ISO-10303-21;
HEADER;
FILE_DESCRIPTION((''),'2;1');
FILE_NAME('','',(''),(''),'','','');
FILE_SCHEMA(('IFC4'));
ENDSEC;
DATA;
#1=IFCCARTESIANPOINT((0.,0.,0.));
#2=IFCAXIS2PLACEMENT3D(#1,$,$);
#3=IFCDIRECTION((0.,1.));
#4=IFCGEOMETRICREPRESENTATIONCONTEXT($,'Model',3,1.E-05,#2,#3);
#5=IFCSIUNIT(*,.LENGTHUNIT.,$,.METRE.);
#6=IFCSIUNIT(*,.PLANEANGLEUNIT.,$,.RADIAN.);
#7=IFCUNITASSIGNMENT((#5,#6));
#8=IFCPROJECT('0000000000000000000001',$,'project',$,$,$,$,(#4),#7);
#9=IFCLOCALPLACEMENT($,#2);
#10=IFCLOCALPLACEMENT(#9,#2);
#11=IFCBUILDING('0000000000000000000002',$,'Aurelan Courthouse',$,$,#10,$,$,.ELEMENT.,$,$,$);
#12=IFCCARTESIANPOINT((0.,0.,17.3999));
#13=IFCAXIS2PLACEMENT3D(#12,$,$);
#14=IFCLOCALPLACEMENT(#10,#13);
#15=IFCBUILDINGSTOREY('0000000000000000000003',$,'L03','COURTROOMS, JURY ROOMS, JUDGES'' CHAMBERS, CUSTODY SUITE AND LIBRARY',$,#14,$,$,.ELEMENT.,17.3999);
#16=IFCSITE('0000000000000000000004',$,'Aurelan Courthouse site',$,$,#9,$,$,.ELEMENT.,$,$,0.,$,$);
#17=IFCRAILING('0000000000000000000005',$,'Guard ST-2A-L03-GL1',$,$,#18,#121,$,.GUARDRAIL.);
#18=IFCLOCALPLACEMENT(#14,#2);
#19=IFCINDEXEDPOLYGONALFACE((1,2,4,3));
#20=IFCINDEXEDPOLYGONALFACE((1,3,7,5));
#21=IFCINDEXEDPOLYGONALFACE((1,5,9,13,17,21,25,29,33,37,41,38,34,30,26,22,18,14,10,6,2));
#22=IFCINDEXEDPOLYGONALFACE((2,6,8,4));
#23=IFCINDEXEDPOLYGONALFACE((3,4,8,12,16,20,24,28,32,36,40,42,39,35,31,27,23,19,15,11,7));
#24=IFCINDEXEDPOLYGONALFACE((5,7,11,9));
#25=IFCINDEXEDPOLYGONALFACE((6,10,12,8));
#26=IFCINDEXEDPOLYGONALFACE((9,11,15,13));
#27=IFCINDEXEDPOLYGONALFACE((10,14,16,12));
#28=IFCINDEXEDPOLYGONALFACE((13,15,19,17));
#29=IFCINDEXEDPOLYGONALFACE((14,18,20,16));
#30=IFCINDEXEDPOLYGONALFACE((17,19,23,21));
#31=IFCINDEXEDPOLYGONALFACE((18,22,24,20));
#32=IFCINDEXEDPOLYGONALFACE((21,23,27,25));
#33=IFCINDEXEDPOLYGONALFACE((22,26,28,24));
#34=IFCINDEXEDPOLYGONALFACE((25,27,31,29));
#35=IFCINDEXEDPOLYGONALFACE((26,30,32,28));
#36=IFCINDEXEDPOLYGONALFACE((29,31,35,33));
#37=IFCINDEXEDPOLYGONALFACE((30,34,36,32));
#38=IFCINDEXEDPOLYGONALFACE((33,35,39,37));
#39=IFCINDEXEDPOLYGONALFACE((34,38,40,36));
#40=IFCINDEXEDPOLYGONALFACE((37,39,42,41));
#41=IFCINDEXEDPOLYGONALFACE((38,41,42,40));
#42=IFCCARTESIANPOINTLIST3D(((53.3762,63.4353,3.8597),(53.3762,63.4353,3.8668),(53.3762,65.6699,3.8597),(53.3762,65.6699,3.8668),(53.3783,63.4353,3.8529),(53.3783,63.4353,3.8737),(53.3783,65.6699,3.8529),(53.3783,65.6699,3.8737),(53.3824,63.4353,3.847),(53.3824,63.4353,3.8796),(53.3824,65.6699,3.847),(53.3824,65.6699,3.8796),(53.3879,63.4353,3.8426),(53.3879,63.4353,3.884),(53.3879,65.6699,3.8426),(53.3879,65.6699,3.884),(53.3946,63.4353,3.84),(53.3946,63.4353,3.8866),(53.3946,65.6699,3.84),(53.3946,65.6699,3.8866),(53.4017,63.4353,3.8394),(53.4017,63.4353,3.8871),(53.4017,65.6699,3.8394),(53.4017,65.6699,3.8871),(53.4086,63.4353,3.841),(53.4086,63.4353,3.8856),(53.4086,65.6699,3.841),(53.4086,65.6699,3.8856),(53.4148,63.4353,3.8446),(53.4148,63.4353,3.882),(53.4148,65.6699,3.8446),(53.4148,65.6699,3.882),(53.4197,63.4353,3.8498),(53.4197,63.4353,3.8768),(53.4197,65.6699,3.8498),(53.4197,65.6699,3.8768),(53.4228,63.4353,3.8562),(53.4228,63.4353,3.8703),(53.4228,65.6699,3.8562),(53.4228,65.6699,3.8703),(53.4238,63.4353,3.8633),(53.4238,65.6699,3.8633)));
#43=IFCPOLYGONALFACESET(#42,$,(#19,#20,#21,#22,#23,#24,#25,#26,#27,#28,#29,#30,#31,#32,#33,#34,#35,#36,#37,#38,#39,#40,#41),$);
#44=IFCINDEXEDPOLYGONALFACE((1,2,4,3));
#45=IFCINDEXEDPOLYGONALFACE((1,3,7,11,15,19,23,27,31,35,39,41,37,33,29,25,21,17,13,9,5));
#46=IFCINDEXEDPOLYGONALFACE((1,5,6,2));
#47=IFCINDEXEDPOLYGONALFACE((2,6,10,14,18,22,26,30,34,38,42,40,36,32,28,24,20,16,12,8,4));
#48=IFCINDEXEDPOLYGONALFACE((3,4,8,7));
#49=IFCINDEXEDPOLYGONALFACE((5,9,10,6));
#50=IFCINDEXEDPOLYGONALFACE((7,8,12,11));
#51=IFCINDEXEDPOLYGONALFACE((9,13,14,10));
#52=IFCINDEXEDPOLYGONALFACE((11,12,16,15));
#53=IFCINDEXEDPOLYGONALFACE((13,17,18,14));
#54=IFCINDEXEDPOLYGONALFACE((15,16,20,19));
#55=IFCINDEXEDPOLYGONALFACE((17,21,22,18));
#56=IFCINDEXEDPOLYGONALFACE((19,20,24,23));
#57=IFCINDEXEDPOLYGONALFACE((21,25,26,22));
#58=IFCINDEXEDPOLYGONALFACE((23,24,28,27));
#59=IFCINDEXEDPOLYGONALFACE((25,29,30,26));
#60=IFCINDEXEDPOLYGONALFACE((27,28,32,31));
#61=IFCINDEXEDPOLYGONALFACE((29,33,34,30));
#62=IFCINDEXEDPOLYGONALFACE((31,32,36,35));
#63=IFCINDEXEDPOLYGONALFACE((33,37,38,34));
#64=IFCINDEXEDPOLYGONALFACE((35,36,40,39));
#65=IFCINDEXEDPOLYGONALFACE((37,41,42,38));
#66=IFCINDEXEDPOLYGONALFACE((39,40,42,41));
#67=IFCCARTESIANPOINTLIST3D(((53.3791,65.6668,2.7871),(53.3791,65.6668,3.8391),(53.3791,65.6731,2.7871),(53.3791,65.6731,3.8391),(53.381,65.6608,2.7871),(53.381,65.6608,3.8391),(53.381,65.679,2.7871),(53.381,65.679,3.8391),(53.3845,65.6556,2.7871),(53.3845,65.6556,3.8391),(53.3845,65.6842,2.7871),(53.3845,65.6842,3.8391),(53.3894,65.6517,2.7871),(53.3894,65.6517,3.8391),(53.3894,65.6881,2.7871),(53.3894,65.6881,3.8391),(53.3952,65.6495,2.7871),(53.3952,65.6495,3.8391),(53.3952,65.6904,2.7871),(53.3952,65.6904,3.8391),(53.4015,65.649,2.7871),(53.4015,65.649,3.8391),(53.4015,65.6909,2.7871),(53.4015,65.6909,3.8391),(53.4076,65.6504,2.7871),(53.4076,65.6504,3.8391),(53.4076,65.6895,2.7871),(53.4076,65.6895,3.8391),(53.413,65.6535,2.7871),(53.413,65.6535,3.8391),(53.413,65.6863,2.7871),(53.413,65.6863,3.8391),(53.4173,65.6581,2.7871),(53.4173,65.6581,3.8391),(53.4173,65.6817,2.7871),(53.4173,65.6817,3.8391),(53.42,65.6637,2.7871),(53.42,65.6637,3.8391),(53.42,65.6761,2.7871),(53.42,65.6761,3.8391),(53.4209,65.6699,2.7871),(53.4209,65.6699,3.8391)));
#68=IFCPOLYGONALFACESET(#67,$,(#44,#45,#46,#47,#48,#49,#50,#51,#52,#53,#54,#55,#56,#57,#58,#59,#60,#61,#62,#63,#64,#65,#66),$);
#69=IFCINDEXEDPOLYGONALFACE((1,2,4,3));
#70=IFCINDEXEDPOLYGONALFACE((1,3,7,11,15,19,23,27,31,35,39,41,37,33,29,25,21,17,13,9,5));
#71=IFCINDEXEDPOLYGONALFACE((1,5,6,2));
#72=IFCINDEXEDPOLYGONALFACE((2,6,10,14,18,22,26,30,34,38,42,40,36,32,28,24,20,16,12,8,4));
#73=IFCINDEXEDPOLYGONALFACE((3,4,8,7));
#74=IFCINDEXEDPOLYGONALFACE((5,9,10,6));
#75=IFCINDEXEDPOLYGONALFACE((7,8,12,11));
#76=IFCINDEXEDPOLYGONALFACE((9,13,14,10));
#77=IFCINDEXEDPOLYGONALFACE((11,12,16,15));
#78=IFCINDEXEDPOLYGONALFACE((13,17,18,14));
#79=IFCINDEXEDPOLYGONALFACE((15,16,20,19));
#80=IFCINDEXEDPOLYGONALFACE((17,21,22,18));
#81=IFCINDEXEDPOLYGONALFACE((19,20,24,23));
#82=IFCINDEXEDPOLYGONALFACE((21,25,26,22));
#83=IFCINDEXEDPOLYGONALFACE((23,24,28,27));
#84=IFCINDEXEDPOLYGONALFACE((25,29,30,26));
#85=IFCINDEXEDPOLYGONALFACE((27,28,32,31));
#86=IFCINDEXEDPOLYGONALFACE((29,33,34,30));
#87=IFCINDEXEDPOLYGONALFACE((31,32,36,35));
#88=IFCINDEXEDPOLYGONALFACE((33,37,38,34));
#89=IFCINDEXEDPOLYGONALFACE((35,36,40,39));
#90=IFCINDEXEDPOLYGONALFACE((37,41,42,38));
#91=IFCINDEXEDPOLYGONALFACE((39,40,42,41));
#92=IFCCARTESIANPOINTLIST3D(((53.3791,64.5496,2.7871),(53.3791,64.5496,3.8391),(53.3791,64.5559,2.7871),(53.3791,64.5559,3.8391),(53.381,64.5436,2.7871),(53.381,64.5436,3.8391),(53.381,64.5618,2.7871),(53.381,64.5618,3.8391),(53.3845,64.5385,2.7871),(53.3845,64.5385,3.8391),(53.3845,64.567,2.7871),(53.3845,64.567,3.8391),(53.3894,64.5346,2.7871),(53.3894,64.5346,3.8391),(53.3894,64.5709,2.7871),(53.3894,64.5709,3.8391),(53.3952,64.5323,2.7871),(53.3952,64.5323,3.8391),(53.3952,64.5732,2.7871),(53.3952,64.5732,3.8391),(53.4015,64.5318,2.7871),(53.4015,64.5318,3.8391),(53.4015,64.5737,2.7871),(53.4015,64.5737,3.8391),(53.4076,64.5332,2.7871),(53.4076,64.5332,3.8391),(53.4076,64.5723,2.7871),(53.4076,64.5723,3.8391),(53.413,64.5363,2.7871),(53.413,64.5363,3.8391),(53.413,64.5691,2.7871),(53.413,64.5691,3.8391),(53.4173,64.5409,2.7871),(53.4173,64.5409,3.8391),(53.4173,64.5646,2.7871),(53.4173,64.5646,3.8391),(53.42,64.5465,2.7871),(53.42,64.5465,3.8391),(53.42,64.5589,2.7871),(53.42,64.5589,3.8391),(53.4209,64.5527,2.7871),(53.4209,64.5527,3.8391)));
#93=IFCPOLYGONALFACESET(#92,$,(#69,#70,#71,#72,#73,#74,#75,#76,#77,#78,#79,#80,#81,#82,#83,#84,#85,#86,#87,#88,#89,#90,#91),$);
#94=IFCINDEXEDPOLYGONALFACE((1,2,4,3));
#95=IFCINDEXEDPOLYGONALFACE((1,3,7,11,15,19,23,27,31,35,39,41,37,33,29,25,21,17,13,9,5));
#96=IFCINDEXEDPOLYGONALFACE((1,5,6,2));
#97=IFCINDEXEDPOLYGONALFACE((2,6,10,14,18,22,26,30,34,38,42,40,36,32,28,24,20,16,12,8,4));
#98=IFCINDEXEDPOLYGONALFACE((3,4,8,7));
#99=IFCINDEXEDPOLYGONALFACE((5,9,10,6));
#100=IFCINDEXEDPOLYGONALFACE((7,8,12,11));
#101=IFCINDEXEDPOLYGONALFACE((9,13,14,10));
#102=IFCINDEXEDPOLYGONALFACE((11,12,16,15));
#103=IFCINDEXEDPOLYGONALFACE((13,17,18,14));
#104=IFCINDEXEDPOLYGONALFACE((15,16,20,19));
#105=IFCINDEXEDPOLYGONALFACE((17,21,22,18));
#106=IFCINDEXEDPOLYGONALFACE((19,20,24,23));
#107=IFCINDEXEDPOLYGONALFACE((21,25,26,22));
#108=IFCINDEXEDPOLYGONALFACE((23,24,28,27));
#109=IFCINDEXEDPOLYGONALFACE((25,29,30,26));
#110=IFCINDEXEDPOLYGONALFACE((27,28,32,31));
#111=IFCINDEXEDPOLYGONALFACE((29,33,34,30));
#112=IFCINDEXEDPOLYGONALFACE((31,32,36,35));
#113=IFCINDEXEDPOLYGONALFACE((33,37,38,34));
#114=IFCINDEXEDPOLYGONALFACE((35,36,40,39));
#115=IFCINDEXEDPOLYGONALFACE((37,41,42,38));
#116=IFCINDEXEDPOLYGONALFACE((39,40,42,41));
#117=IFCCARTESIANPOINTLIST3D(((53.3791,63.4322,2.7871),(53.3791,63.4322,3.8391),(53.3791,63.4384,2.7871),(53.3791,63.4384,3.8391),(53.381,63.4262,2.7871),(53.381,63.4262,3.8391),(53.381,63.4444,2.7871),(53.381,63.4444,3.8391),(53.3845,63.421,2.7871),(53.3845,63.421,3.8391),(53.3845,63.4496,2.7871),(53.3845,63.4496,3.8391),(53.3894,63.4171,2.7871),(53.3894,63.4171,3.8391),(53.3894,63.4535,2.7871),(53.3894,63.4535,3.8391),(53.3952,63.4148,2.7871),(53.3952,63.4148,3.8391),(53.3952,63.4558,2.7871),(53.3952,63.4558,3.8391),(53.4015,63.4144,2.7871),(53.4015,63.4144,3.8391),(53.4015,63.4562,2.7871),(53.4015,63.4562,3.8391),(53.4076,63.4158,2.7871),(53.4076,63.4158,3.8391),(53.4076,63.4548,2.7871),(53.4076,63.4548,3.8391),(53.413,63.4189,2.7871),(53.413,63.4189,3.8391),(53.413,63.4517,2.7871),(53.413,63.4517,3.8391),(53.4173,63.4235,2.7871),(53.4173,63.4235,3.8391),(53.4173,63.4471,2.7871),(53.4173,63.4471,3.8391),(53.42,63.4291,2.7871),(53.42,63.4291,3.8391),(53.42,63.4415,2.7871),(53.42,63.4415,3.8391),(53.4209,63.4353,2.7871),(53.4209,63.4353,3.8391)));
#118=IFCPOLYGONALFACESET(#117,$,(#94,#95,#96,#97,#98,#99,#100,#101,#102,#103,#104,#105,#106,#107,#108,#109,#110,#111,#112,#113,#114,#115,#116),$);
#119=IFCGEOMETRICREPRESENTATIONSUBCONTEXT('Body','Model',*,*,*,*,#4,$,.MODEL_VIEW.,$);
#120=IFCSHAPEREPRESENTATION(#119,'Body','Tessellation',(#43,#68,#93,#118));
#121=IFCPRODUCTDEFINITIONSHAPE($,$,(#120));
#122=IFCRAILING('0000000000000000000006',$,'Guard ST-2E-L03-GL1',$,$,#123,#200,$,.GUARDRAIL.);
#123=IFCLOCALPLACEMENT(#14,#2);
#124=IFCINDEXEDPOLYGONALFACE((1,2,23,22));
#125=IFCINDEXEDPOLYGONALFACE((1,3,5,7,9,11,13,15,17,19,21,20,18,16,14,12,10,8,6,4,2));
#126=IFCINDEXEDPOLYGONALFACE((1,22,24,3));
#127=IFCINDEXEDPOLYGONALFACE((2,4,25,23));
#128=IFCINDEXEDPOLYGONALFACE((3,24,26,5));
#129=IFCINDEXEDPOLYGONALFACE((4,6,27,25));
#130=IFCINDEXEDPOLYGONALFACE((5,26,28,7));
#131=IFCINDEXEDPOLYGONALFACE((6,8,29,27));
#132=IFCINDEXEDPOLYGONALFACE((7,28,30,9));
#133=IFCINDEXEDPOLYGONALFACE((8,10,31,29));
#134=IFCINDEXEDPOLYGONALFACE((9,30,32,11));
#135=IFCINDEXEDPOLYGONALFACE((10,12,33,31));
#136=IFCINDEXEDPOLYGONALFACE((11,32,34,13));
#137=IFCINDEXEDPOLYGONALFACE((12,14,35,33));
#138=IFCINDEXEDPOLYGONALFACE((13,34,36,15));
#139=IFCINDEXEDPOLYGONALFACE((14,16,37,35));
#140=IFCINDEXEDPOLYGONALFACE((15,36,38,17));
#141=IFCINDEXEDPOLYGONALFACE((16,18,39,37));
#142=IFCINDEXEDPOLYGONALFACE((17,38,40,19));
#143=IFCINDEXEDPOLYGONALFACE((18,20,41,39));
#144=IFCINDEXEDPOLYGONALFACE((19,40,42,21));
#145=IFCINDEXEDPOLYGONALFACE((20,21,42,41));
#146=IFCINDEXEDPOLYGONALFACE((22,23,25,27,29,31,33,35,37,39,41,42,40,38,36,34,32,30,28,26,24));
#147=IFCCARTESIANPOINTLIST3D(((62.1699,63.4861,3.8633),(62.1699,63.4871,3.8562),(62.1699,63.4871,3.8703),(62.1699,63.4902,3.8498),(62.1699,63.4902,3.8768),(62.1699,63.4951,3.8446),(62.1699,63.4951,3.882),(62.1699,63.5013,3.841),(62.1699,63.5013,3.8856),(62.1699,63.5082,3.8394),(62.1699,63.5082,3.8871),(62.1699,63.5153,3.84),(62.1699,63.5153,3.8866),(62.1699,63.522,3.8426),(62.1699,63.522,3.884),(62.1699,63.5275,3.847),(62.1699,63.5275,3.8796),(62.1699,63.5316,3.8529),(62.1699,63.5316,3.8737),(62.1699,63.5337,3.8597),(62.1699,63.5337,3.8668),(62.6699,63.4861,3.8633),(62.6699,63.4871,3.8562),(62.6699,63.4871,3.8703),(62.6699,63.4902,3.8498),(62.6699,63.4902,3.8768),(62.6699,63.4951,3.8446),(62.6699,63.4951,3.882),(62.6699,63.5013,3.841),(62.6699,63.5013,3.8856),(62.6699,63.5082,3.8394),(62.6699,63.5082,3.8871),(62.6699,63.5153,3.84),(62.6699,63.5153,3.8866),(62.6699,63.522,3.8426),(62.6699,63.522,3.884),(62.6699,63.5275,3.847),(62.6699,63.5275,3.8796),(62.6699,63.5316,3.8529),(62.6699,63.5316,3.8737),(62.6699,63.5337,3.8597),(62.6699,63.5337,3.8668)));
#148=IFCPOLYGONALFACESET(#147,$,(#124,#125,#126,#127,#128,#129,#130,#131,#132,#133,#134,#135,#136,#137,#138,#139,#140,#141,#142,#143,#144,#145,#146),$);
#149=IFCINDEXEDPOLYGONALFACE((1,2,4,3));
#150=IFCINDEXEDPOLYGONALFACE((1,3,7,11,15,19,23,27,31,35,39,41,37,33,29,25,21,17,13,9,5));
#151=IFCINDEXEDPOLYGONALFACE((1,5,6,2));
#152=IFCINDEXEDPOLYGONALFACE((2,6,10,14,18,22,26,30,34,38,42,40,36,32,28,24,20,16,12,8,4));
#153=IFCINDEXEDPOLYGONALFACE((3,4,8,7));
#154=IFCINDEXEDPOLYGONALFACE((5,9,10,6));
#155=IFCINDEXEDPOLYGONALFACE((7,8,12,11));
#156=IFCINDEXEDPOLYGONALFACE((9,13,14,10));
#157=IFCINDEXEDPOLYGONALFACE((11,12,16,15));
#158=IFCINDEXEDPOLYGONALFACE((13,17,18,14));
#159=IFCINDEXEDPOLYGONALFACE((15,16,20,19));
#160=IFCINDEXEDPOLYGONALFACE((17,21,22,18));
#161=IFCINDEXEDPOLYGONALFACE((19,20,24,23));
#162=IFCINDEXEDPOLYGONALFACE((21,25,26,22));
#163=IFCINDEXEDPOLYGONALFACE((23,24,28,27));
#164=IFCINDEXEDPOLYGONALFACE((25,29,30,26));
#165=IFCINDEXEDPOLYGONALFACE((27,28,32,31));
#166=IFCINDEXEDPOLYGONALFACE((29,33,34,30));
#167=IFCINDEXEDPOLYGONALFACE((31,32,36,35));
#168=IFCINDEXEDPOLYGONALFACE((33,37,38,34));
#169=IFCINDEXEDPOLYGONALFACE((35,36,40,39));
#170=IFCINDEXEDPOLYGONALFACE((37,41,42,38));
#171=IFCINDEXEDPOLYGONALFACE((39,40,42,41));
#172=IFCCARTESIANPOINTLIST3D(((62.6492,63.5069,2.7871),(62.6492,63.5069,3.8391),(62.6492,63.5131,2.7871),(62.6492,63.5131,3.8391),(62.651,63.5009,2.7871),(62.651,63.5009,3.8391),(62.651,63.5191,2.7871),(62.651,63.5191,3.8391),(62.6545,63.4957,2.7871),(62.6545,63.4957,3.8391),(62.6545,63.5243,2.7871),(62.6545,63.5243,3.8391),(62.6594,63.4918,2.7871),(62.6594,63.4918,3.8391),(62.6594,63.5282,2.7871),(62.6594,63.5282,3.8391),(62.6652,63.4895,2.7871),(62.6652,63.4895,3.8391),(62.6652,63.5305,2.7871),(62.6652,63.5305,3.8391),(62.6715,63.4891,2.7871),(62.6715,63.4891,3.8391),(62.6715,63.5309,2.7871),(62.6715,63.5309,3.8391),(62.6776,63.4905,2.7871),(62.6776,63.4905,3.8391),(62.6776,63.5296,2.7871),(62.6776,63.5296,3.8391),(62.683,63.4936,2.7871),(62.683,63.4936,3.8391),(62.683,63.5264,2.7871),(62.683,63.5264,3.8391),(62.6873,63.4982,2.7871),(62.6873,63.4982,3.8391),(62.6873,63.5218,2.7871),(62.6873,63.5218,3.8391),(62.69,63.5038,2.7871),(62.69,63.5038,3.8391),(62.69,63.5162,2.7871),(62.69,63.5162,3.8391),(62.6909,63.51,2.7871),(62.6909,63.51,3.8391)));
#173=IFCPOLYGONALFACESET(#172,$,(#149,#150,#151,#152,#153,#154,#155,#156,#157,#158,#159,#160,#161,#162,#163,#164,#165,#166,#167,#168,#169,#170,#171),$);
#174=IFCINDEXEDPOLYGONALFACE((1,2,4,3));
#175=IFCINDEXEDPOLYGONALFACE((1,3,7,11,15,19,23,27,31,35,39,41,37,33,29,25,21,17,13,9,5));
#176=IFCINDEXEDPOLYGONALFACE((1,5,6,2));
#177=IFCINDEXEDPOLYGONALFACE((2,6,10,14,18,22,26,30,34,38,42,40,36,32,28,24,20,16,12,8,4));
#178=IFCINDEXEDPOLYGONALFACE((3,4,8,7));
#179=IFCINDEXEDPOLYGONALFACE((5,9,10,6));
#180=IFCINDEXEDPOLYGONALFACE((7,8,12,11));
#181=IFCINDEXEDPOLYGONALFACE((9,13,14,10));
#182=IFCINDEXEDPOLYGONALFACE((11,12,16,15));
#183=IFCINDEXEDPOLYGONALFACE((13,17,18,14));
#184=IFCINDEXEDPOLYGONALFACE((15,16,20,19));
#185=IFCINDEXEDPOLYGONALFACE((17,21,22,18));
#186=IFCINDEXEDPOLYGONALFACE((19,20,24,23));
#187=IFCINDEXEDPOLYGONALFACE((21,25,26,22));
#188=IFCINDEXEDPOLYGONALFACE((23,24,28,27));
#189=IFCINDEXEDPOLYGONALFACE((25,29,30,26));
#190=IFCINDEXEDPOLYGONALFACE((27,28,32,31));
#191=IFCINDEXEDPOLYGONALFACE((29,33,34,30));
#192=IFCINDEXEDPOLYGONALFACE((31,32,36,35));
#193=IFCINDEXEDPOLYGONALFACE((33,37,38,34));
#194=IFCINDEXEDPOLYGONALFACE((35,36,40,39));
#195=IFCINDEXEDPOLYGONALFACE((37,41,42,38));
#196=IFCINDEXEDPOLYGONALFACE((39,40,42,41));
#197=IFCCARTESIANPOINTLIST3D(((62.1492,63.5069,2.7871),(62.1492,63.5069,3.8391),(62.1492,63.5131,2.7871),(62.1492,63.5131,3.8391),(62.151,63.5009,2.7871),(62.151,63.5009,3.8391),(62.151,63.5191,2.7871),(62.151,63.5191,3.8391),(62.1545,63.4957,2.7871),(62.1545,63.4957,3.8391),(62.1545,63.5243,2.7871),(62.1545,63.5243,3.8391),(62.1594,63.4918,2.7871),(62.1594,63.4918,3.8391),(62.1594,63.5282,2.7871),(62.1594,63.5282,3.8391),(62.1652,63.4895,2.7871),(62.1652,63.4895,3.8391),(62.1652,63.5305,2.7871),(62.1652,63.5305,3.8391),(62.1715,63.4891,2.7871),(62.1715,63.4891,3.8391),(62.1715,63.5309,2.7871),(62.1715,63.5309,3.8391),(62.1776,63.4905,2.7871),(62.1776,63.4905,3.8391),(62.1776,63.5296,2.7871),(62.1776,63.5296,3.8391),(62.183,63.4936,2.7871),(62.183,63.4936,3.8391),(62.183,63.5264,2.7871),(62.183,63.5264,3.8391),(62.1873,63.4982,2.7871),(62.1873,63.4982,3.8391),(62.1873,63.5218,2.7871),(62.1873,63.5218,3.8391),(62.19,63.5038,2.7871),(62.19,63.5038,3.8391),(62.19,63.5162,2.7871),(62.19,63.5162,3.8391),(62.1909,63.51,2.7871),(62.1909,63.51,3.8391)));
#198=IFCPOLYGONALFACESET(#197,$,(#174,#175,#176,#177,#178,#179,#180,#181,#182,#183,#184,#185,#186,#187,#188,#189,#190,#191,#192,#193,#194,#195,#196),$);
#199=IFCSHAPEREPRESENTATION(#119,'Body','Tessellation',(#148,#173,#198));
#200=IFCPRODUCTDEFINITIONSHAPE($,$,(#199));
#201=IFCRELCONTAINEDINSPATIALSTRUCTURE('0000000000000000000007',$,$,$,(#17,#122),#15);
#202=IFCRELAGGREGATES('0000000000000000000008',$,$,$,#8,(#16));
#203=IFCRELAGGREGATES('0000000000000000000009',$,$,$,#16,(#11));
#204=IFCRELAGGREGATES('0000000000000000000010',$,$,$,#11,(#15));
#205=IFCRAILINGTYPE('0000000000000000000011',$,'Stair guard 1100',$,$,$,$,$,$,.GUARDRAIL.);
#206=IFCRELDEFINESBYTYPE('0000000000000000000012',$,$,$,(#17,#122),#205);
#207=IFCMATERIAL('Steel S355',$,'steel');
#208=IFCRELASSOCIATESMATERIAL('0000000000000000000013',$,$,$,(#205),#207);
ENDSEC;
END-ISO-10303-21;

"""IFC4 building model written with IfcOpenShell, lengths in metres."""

from ifc_helpers import new_model, si_unit, direction, frame, origin, origin_2d, place, context, subcontext, project, spatial, circle, extrude, material, type_object, element, save


model = new_model("IFC4")

# Units and contexts
model_context = context("Model", 3, precision=1e-05, world=origin(), true_north=direction((0.0, 1.0)))
body_context = subcontext(model_context, "Body", "Model", "MODEL_VIEW")
ifc_project = project(units=[si_unit("LENGTHUNIT", "METRE"), si_unit("PLANEANGLEUNIT", "RADIAN")], contexts=[model_context])

# Site, building, storey
site_placement = place(None, origin())
site = spatial("IfcSite", under=ifc_project, at=site_placement, Name="Aurelan Courthouse site", CompositionType="ELEMENT", RefElevation=0.0)
building_placement = place(site_placement, origin())
building = spatial("IfcBuilding", under=site, at=building_placement, Name="Aurelan Courthouse", CompositionType="ELEMENT")
storey_placement = place(building_placement, frame((0.0, 0.0, 17.3999)))
storey = spatial("IfcBuildingStorey", under=building, at=storey_placement, Name="L03", Description="COURTROOMS, JURY ROOMS, JUDGES' CHAMBERS, CUSTODY SUITE AND LIBRARY", CompositionType="ELEMENT", Elevation=17.3999)

# Railings
ifc_material_1 = material(Name="Steel S355", Category="steel")
railing_type_1 = type_object("IfcRailingType", Name="Stair guard 1100", PredefinedType="GUARDRAIL", material=ifc_material_1)
railing_1_placement = place(storey_placement, frame((53.3999, 65.6699, 2.7871)))
element("IfcRailing", 1, at=railing_1_placement, inside=storey, type_object=railing_type_1, Name="Guard ST-2A-L03-GL1", PredefinedType="GUARDRAIL", context=body_context, shape_type="SweptSolid", body=[
    extrude(circle(Radius=0.0239, at=origin_2d()), frame((0.0, 0.0, 1.0762), z_axis=(0.0, -1.0, 0.0), x_axis=(1.0, 0.0, 0.0)), (0.0, 0.0, 1.0), 2.2346),
    extrude(circle(Radius=0.021, at=origin_2d()), origin(), (0.0, 0.0, 1.0), 1.052),
    extrude(circle(Radius=0.021, at=origin_2d()), frame((0.0, -1.1172, 0.0)), (0.0, 0.0, 1.0), 1.052),
    extrude(circle(Radius=0.021, at=origin_2d()), frame((0.0, -2.2346, 0.0)), (0.0, 0.0, 1.0), 1.052),
])
railing_2_placement = place(storey_placement, frame((62.6699, 63.51, 2.7871)))
element("IfcRailing", 2, at=railing_2_placement, inside=storey, type_object=railing_type_1, Name="Guard ST-2E-L03-GL1", PredefinedType="GUARDRAIL", context=body_context, shape_type="SweptSolid", body=[
    extrude(circle(Radius=0.0239, at=origin_2d()), frame((0.0, 0.0, 1.0762), z_axis=(-1.0, 0.0, 0.0), x_axis=(0.0, -1.0, 0.0)), (0.0, 0.0, 1.0), 0.5),
    extrude(circle(Radius=0.021, at=origin_2d()), origin(), (0.0, 0.0, 1.0), 1.052),
    extrude(circle(Radius=0.021, at=origin_2d()), frame((-0.5, 0.0, 0.0)), (0.0, 0.0, 1.0), 1.052),
])

save(model, "model.ifc")
